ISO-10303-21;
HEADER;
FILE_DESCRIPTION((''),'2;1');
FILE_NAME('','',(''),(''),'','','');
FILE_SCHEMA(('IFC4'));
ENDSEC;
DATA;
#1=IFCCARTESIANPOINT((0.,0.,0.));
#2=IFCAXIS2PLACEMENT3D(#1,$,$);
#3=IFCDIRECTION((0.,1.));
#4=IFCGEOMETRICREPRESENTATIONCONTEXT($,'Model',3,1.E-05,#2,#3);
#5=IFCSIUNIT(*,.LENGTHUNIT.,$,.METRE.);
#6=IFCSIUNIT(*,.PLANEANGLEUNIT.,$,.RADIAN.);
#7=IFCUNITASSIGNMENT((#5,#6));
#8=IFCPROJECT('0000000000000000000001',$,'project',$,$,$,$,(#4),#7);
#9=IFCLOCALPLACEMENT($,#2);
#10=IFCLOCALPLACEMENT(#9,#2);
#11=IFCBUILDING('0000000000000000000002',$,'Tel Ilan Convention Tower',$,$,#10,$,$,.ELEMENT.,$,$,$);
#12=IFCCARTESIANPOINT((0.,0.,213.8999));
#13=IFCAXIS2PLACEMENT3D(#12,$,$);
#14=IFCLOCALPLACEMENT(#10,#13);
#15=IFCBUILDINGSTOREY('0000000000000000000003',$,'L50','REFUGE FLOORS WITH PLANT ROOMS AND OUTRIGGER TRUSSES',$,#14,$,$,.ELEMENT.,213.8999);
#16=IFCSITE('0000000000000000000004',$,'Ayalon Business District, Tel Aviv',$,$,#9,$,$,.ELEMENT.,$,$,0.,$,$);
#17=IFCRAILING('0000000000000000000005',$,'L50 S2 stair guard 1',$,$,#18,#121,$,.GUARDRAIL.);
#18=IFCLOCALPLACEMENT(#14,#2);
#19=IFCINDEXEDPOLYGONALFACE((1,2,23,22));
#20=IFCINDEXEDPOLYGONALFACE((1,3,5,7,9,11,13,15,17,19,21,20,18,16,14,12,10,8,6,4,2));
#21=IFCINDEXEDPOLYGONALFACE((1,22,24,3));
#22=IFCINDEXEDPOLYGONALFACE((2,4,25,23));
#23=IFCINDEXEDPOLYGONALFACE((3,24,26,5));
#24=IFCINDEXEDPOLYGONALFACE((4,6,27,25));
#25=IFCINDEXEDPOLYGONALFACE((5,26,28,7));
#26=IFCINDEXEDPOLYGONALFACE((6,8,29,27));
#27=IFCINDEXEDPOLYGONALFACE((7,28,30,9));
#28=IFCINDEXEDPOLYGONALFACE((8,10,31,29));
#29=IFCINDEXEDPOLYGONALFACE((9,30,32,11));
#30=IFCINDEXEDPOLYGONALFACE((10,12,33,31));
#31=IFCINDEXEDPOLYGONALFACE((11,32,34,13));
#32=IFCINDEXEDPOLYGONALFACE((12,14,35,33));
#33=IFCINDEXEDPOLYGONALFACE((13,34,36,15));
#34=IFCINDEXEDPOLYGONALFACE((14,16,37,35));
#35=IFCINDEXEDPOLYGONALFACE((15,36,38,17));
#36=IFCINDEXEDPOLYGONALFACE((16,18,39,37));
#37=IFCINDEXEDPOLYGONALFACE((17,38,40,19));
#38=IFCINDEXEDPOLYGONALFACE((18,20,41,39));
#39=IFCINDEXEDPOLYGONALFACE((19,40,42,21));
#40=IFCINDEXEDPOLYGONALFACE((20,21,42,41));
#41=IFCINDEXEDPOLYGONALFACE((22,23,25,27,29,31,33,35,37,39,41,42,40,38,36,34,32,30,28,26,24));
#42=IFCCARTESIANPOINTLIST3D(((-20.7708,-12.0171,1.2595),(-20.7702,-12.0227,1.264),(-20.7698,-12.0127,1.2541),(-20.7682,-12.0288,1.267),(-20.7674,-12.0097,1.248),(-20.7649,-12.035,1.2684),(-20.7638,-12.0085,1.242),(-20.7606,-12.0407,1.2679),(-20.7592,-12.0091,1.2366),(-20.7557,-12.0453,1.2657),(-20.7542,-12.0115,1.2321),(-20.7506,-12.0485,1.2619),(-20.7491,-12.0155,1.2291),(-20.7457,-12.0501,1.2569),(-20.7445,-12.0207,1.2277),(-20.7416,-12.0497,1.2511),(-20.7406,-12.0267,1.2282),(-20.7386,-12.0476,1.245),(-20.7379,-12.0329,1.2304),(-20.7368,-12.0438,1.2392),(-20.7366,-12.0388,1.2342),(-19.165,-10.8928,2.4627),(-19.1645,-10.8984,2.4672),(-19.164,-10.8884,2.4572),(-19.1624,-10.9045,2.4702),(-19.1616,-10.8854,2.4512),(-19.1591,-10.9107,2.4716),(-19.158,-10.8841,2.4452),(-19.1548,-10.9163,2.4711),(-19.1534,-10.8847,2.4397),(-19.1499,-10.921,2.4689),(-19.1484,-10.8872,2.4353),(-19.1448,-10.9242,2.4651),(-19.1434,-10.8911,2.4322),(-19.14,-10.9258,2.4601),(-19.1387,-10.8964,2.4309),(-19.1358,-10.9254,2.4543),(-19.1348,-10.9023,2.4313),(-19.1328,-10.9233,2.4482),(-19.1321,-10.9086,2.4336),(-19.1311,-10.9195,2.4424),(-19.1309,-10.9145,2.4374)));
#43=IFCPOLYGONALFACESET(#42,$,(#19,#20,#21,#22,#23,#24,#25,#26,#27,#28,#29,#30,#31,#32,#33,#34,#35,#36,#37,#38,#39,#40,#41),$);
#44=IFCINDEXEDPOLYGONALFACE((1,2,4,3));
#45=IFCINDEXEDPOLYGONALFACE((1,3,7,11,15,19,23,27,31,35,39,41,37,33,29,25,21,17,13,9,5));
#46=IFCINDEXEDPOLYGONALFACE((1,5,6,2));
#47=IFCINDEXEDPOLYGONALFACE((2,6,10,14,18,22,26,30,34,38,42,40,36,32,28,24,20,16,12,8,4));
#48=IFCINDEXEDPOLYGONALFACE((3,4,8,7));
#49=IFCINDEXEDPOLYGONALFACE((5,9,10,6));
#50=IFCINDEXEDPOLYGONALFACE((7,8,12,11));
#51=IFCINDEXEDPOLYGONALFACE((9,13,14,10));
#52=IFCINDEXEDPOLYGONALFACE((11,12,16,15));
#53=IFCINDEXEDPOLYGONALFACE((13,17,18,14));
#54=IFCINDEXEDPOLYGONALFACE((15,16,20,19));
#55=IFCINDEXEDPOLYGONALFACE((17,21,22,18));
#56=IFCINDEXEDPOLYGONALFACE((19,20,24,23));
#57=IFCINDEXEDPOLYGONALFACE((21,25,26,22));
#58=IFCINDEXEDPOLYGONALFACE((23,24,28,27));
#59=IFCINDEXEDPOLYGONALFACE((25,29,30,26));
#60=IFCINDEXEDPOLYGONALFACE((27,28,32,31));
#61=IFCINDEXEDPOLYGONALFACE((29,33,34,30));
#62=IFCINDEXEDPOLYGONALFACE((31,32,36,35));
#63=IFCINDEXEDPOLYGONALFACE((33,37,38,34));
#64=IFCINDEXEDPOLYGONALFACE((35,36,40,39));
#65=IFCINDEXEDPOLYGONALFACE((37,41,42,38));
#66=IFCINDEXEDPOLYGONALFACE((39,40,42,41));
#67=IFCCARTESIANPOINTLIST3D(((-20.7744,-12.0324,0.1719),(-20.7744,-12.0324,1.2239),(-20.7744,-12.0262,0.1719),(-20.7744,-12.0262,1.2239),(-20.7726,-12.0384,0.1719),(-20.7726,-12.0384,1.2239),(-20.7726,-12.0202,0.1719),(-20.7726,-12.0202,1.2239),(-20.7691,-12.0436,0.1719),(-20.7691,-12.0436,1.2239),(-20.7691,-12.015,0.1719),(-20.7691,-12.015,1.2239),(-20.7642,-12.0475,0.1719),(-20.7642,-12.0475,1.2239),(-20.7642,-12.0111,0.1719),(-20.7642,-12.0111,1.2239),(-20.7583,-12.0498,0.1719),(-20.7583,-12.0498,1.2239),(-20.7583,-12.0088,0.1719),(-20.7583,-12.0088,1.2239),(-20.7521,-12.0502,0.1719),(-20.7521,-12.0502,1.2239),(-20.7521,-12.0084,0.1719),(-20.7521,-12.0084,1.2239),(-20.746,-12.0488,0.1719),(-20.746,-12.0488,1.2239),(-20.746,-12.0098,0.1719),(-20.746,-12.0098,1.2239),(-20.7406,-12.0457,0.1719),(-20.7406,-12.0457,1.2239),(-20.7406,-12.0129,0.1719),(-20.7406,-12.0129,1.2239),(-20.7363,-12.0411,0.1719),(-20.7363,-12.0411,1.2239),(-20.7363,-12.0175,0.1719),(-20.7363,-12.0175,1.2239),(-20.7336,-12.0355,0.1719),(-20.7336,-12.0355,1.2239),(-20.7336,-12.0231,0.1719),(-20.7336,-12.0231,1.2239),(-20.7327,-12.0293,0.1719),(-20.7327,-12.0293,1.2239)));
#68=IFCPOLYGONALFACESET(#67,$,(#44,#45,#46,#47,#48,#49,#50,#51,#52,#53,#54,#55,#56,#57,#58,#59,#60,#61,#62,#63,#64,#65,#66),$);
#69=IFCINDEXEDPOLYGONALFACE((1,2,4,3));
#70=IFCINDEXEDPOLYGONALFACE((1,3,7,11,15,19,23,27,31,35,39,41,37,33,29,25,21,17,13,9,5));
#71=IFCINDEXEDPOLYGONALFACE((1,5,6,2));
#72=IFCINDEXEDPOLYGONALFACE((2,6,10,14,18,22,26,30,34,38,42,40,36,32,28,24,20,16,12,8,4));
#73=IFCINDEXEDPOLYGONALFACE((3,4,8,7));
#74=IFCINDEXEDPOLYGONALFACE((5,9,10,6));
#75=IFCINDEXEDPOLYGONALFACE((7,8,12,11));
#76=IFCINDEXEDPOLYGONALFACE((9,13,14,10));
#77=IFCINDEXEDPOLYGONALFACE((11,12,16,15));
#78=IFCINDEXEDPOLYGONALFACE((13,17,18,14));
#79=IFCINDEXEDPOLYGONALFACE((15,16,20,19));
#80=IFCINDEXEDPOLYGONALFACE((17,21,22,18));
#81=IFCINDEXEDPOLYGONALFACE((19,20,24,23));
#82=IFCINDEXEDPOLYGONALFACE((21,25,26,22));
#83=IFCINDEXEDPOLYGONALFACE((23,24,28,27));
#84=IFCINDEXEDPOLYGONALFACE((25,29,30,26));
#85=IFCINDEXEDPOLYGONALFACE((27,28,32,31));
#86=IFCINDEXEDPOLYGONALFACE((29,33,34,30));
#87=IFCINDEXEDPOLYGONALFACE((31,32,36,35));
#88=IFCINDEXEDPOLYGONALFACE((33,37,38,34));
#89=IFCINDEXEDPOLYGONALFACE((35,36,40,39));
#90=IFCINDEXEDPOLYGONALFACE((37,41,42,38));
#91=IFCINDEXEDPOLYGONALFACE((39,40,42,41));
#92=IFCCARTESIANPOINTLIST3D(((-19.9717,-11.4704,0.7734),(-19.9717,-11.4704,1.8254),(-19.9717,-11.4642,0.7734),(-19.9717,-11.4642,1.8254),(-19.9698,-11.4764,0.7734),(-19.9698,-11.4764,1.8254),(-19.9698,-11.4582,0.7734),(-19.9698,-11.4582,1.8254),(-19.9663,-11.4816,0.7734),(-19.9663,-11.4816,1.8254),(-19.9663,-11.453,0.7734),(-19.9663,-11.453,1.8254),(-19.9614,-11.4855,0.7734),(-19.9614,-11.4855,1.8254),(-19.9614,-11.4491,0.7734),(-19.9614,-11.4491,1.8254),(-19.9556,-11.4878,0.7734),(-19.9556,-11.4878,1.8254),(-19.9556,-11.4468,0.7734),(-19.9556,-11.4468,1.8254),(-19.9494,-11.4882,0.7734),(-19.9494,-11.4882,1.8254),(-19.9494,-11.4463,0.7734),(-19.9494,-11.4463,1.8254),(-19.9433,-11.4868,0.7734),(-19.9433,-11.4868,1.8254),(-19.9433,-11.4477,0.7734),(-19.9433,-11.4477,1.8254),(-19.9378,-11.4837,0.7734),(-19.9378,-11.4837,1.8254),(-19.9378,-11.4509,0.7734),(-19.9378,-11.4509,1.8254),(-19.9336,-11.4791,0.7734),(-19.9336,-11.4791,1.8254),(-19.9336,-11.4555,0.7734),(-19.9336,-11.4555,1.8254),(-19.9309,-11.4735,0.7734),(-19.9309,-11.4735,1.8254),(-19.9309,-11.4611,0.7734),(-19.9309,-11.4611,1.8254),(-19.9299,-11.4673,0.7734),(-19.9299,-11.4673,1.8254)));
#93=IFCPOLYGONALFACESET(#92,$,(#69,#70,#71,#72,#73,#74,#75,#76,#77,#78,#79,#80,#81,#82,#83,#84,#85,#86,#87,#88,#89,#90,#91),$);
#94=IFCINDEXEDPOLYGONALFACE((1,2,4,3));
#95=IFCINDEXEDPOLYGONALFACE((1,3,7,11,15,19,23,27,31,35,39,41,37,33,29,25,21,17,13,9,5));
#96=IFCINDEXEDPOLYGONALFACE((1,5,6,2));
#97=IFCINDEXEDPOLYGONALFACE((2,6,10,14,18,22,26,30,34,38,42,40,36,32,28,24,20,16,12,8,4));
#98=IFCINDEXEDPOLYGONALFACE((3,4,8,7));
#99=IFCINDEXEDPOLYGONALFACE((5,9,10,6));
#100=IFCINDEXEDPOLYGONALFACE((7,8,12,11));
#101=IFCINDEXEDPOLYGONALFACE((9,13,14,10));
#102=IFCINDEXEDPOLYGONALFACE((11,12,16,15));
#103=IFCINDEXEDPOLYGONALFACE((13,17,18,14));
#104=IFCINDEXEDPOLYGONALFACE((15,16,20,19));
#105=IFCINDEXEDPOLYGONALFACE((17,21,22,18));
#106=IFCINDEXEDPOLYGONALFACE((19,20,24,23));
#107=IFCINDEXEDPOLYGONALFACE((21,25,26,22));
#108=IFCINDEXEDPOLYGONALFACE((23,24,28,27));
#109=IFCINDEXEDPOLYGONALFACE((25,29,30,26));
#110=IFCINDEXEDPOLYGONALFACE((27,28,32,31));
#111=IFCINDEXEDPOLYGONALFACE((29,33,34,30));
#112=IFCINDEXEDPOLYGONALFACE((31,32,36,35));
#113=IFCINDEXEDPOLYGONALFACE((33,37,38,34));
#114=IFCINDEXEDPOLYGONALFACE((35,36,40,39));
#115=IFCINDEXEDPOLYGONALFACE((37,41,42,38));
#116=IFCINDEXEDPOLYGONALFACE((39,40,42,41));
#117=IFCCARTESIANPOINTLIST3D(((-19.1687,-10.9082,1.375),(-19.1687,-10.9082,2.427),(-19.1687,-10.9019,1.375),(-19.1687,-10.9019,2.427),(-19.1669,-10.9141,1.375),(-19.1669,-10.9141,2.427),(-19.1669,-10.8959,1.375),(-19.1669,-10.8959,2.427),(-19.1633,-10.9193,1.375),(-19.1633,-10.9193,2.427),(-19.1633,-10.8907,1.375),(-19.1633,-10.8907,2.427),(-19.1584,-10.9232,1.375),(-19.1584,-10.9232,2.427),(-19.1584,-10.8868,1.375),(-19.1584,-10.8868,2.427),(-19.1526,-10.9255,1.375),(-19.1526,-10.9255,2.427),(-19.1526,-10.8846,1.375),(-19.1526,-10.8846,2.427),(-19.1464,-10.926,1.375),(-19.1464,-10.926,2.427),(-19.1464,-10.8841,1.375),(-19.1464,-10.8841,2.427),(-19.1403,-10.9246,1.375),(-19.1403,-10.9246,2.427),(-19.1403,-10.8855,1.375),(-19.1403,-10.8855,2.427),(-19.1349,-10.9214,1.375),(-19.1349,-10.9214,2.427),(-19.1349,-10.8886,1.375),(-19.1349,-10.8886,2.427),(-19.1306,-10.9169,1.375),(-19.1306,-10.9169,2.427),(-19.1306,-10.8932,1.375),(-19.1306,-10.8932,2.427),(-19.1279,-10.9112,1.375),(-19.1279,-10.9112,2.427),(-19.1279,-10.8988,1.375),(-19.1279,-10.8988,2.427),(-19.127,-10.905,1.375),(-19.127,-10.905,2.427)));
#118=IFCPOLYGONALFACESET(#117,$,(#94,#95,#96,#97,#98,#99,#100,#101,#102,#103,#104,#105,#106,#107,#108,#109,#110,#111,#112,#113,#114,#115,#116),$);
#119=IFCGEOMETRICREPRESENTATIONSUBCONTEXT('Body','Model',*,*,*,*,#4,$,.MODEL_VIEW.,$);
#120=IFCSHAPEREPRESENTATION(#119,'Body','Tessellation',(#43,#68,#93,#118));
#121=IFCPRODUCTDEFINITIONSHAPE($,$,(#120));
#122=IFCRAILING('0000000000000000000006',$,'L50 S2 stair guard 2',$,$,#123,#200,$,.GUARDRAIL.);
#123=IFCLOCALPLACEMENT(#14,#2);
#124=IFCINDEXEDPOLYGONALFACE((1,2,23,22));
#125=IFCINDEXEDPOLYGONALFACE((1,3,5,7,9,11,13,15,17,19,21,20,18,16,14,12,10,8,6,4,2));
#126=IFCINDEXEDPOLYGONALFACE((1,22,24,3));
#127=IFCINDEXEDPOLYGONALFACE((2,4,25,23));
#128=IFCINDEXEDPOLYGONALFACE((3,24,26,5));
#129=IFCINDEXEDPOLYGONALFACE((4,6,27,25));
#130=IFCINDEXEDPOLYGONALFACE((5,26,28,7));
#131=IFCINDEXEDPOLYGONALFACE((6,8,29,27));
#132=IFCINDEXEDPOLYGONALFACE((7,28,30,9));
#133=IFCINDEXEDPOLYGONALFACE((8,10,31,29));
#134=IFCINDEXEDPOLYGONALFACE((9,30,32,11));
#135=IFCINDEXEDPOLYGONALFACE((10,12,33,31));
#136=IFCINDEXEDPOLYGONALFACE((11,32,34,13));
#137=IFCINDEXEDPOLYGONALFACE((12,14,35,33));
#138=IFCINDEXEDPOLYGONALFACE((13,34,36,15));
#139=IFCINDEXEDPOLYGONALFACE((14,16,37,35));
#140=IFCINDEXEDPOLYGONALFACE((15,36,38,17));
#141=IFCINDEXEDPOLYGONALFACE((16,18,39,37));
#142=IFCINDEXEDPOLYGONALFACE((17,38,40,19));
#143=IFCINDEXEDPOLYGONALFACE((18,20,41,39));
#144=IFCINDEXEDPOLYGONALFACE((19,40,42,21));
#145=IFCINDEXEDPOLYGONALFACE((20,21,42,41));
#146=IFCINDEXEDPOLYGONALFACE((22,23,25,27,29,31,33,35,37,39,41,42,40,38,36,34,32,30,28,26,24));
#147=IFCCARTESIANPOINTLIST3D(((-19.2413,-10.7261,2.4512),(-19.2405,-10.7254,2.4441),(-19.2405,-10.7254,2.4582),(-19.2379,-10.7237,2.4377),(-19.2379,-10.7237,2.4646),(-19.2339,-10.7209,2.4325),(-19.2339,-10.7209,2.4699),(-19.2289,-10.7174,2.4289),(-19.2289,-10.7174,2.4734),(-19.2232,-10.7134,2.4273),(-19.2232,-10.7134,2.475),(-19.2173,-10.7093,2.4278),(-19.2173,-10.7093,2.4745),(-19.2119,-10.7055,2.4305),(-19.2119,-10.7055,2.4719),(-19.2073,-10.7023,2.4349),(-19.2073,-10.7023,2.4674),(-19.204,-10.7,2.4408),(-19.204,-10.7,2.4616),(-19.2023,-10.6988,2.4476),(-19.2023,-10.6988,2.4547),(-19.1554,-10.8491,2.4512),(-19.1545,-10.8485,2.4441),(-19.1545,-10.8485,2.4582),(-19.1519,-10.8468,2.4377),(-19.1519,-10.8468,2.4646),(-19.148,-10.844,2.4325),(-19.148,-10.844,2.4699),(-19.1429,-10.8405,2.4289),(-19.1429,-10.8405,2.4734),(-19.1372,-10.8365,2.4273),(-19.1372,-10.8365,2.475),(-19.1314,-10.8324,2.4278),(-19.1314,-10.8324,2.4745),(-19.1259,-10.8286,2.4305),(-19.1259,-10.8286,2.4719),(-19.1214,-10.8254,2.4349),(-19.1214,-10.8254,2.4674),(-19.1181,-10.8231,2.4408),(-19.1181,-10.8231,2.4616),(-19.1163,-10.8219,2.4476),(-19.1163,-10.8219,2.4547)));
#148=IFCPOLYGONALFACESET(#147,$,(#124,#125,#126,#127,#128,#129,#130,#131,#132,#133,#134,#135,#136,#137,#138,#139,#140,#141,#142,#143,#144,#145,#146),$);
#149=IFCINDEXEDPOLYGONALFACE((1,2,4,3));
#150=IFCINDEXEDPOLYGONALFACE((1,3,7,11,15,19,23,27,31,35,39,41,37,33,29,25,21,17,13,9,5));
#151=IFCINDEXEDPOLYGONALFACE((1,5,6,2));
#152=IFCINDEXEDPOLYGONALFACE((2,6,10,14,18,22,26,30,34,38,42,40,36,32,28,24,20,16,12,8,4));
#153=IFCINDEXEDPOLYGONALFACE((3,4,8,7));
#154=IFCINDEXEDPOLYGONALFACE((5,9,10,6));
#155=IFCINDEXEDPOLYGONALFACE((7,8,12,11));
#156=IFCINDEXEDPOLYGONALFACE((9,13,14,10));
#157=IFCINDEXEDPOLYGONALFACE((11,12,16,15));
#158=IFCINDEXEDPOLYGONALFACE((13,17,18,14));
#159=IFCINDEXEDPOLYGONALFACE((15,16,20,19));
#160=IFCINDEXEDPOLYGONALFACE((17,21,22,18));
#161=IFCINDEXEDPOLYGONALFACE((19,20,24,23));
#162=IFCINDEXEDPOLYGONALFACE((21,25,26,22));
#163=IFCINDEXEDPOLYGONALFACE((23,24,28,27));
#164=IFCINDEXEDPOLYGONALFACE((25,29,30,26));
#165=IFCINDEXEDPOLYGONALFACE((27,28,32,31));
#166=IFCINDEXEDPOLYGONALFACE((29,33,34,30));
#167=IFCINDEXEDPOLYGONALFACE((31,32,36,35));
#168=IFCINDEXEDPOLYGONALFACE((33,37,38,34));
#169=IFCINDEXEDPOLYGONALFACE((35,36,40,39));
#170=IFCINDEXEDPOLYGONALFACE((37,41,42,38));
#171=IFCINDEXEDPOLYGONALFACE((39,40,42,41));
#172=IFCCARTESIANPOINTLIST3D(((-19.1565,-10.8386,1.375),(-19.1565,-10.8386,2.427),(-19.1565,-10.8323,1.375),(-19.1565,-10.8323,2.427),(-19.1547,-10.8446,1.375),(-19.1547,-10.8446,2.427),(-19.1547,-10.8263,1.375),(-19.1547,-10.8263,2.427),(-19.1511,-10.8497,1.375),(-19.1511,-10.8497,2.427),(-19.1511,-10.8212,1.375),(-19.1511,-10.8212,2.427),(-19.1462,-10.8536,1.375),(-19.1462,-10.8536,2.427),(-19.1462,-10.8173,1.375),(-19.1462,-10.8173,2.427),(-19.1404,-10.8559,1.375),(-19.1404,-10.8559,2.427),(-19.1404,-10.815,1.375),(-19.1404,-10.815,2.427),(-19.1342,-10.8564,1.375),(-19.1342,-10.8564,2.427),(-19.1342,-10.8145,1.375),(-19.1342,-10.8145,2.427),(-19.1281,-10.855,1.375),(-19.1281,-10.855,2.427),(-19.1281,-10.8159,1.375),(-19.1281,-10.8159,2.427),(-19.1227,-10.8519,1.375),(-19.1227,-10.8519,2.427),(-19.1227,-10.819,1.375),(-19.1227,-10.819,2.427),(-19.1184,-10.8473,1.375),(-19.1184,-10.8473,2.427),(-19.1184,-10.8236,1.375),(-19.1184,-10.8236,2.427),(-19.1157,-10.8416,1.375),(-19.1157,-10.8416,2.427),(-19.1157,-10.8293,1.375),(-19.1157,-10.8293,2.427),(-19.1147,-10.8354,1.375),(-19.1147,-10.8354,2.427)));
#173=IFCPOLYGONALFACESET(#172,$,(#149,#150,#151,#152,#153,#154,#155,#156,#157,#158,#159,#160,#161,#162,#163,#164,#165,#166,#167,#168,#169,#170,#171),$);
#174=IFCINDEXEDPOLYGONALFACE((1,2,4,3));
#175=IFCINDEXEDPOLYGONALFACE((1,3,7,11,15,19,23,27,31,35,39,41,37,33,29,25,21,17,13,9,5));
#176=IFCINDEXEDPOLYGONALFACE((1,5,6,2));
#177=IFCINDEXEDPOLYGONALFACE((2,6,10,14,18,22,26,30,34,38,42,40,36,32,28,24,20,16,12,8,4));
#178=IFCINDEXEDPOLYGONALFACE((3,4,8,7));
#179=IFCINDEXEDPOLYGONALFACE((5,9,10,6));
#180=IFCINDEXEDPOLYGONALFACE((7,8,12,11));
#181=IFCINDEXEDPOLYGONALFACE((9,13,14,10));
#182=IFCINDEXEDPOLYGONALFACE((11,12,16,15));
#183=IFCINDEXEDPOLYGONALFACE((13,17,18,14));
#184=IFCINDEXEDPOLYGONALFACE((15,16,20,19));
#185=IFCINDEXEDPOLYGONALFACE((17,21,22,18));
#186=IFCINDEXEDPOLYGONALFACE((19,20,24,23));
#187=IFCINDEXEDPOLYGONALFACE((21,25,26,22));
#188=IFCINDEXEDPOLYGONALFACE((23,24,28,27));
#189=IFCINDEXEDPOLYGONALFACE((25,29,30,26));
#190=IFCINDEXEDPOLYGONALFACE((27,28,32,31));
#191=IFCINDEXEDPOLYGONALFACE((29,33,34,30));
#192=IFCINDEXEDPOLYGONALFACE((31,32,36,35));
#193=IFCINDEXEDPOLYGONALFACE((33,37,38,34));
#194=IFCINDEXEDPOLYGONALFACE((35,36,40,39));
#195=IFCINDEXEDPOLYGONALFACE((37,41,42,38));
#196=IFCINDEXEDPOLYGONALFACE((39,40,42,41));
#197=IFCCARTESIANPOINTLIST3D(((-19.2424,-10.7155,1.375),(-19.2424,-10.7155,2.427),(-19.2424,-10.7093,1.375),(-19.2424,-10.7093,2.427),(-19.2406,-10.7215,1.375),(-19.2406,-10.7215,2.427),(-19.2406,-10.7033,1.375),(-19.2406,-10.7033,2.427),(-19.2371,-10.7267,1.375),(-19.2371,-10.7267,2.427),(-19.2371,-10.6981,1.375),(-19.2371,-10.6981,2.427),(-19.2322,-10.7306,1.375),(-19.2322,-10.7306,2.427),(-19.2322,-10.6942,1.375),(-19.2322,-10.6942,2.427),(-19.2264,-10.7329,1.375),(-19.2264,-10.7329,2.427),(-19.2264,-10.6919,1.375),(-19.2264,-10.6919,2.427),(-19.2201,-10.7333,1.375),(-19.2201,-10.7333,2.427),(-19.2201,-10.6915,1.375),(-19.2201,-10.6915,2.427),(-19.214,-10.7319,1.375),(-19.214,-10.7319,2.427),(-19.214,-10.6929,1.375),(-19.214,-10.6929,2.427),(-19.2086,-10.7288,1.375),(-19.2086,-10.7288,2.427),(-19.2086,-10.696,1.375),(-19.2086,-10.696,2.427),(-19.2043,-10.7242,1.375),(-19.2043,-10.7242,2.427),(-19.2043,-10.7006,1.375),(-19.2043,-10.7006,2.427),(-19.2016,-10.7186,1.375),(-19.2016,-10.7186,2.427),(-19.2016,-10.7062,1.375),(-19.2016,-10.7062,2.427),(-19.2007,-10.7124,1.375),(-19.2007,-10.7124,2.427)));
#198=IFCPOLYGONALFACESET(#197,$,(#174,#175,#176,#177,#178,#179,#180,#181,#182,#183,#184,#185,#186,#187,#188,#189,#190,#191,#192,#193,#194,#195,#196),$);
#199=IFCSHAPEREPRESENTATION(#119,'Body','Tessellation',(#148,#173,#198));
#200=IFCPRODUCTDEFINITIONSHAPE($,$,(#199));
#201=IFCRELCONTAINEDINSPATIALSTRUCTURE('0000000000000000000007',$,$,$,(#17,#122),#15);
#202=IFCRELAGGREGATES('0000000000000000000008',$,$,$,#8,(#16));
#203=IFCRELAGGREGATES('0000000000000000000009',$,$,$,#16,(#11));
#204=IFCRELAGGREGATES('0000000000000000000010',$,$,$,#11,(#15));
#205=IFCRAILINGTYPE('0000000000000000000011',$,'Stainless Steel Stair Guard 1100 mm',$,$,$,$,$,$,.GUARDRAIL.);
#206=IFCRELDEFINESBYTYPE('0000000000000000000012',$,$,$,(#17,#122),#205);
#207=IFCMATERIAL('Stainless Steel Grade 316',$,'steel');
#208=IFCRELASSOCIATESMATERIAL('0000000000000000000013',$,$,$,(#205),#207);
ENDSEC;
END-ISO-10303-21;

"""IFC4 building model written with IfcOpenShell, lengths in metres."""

from ifc_helpers import new_model, si_unit, direction, frame, origin, origin_2d, place, context, subcontext, project, spatial, circle, extrude, material, type_object, element, save


model = new_model("IFC4")

# Units and contexts
model_context = context("Model", 3, precision=1e-05, world=origin(), true_north=direction((0.0, 1.0)))
body_context = subcontext(model_context, "Body", "Model", "MODEL_VIEW")
ifc_project = project(units=[si_unit("LENGTHUNIT", "METRE"), si_unit("PLANEANGLEUNIT", "RADIAN")], contexts=[model_context])

# Site, building, storey
site_placement = place(None, origin())
site = spatial("IfcSite", under=ifc_project, at=site_placement, Name="Ayalon Business District, Tel Aviv", CompositionType="ELEMENT", RefElevation=0.0)
building_placement = place(site_placement, origin())
building = spatial("IfcBuilding", under=site, at=building_placement, Name="Tel Ilan Convention Tower", CompositionType="ELEMENT")
storey_placement = place(building_placement, frame((0.0, 0.0, 213.8999)))
storey = spatial("IfcBuildingStorey", under=building, at=storey_placement, Name="L50", Description="REFUGE FLOORS WITH PLANT ROOMS AND OUTRIGGER TRUSSES", CompositionType="ELEMENT", Elevation=213.8999)

# Railings
ifc_material_1 = material(Name="Stainless Steel Grade 316", Category="steel")
railing_type_1 = type_object("IfcRailingType", Name="Stainless Steel Stair Guard 1100 mm", PredefinedType="GUARDRAIL", material=ifc_material_1)
railing_1_placement = place(storey_placement, frame((-20.7537, -12.0293, 0.1719)))
element("IfcRailing", 1, at=railing_1_placement, inside=storey, type_object=railing_type_1, Name="L50 S2 stair guard 1", PredefinedType="GUARDRAIL", context=body_context, shape_type="SweptSolid", body=[
    extrude(circle(Radius=0.0239, at=origin_2d()), frame((0.0, 0.0, 1.0762), z_axis=(0.698149, 0.488821, 0.523108), x_axis=(-0.573554, 0.819168, 0.0)), (0.0, 0.0, 1.0), 2.3),
    extrude(circle(Radius=0.021, at=origin_2d()), origin(), (0.0, 0.0, 1.0), 1.052),
    extrude(circle(Radius=0.021, at=origin_2d()), frame((0.8027, 0.562, 0.6016)), (0.0, 0.0, 1.0), 1.052),
    extrude(circle(Radius=0.021, at=origin_2d()), frame((1.6057, 1.1243, 1.2031)), (0.0, 0.0, 1.0), 1.052),
])
railing_2_placement = place(storey_placement, frame((-19.1357, -10.8354, 1.375)))
element("IfcRailing", 2, at=railing_2_placement, inside=storey, type_object=railing_type_1, Name="L50 S2 stair guard 2", PredefinedType="GUARDRAIL", context=body_context, shape_type="SweptSolid", body=[
    extrude(circle(Radius=0.0239, at=origin_2d()), frame((0.0, 0.0, 1.0762), z_axis=(-0.572589, 0.819843, 0.0), x_axis=(-0.819843, -0.572589, 0.0)), (0.0, 0.0, 1.0), 0.1501),
    extrude(circle(Radius=0.021, at=origin_2d()), origin(), (0.0, 0.0, 1.0), 1.052),
    extrude(circle(Radius=0.021, at=origin_2d()), frame((-0.0859, 0.123, 0.0)), (0.0, 0.0, 1.0), 1.052),
])

save(model, "model.ifc")
